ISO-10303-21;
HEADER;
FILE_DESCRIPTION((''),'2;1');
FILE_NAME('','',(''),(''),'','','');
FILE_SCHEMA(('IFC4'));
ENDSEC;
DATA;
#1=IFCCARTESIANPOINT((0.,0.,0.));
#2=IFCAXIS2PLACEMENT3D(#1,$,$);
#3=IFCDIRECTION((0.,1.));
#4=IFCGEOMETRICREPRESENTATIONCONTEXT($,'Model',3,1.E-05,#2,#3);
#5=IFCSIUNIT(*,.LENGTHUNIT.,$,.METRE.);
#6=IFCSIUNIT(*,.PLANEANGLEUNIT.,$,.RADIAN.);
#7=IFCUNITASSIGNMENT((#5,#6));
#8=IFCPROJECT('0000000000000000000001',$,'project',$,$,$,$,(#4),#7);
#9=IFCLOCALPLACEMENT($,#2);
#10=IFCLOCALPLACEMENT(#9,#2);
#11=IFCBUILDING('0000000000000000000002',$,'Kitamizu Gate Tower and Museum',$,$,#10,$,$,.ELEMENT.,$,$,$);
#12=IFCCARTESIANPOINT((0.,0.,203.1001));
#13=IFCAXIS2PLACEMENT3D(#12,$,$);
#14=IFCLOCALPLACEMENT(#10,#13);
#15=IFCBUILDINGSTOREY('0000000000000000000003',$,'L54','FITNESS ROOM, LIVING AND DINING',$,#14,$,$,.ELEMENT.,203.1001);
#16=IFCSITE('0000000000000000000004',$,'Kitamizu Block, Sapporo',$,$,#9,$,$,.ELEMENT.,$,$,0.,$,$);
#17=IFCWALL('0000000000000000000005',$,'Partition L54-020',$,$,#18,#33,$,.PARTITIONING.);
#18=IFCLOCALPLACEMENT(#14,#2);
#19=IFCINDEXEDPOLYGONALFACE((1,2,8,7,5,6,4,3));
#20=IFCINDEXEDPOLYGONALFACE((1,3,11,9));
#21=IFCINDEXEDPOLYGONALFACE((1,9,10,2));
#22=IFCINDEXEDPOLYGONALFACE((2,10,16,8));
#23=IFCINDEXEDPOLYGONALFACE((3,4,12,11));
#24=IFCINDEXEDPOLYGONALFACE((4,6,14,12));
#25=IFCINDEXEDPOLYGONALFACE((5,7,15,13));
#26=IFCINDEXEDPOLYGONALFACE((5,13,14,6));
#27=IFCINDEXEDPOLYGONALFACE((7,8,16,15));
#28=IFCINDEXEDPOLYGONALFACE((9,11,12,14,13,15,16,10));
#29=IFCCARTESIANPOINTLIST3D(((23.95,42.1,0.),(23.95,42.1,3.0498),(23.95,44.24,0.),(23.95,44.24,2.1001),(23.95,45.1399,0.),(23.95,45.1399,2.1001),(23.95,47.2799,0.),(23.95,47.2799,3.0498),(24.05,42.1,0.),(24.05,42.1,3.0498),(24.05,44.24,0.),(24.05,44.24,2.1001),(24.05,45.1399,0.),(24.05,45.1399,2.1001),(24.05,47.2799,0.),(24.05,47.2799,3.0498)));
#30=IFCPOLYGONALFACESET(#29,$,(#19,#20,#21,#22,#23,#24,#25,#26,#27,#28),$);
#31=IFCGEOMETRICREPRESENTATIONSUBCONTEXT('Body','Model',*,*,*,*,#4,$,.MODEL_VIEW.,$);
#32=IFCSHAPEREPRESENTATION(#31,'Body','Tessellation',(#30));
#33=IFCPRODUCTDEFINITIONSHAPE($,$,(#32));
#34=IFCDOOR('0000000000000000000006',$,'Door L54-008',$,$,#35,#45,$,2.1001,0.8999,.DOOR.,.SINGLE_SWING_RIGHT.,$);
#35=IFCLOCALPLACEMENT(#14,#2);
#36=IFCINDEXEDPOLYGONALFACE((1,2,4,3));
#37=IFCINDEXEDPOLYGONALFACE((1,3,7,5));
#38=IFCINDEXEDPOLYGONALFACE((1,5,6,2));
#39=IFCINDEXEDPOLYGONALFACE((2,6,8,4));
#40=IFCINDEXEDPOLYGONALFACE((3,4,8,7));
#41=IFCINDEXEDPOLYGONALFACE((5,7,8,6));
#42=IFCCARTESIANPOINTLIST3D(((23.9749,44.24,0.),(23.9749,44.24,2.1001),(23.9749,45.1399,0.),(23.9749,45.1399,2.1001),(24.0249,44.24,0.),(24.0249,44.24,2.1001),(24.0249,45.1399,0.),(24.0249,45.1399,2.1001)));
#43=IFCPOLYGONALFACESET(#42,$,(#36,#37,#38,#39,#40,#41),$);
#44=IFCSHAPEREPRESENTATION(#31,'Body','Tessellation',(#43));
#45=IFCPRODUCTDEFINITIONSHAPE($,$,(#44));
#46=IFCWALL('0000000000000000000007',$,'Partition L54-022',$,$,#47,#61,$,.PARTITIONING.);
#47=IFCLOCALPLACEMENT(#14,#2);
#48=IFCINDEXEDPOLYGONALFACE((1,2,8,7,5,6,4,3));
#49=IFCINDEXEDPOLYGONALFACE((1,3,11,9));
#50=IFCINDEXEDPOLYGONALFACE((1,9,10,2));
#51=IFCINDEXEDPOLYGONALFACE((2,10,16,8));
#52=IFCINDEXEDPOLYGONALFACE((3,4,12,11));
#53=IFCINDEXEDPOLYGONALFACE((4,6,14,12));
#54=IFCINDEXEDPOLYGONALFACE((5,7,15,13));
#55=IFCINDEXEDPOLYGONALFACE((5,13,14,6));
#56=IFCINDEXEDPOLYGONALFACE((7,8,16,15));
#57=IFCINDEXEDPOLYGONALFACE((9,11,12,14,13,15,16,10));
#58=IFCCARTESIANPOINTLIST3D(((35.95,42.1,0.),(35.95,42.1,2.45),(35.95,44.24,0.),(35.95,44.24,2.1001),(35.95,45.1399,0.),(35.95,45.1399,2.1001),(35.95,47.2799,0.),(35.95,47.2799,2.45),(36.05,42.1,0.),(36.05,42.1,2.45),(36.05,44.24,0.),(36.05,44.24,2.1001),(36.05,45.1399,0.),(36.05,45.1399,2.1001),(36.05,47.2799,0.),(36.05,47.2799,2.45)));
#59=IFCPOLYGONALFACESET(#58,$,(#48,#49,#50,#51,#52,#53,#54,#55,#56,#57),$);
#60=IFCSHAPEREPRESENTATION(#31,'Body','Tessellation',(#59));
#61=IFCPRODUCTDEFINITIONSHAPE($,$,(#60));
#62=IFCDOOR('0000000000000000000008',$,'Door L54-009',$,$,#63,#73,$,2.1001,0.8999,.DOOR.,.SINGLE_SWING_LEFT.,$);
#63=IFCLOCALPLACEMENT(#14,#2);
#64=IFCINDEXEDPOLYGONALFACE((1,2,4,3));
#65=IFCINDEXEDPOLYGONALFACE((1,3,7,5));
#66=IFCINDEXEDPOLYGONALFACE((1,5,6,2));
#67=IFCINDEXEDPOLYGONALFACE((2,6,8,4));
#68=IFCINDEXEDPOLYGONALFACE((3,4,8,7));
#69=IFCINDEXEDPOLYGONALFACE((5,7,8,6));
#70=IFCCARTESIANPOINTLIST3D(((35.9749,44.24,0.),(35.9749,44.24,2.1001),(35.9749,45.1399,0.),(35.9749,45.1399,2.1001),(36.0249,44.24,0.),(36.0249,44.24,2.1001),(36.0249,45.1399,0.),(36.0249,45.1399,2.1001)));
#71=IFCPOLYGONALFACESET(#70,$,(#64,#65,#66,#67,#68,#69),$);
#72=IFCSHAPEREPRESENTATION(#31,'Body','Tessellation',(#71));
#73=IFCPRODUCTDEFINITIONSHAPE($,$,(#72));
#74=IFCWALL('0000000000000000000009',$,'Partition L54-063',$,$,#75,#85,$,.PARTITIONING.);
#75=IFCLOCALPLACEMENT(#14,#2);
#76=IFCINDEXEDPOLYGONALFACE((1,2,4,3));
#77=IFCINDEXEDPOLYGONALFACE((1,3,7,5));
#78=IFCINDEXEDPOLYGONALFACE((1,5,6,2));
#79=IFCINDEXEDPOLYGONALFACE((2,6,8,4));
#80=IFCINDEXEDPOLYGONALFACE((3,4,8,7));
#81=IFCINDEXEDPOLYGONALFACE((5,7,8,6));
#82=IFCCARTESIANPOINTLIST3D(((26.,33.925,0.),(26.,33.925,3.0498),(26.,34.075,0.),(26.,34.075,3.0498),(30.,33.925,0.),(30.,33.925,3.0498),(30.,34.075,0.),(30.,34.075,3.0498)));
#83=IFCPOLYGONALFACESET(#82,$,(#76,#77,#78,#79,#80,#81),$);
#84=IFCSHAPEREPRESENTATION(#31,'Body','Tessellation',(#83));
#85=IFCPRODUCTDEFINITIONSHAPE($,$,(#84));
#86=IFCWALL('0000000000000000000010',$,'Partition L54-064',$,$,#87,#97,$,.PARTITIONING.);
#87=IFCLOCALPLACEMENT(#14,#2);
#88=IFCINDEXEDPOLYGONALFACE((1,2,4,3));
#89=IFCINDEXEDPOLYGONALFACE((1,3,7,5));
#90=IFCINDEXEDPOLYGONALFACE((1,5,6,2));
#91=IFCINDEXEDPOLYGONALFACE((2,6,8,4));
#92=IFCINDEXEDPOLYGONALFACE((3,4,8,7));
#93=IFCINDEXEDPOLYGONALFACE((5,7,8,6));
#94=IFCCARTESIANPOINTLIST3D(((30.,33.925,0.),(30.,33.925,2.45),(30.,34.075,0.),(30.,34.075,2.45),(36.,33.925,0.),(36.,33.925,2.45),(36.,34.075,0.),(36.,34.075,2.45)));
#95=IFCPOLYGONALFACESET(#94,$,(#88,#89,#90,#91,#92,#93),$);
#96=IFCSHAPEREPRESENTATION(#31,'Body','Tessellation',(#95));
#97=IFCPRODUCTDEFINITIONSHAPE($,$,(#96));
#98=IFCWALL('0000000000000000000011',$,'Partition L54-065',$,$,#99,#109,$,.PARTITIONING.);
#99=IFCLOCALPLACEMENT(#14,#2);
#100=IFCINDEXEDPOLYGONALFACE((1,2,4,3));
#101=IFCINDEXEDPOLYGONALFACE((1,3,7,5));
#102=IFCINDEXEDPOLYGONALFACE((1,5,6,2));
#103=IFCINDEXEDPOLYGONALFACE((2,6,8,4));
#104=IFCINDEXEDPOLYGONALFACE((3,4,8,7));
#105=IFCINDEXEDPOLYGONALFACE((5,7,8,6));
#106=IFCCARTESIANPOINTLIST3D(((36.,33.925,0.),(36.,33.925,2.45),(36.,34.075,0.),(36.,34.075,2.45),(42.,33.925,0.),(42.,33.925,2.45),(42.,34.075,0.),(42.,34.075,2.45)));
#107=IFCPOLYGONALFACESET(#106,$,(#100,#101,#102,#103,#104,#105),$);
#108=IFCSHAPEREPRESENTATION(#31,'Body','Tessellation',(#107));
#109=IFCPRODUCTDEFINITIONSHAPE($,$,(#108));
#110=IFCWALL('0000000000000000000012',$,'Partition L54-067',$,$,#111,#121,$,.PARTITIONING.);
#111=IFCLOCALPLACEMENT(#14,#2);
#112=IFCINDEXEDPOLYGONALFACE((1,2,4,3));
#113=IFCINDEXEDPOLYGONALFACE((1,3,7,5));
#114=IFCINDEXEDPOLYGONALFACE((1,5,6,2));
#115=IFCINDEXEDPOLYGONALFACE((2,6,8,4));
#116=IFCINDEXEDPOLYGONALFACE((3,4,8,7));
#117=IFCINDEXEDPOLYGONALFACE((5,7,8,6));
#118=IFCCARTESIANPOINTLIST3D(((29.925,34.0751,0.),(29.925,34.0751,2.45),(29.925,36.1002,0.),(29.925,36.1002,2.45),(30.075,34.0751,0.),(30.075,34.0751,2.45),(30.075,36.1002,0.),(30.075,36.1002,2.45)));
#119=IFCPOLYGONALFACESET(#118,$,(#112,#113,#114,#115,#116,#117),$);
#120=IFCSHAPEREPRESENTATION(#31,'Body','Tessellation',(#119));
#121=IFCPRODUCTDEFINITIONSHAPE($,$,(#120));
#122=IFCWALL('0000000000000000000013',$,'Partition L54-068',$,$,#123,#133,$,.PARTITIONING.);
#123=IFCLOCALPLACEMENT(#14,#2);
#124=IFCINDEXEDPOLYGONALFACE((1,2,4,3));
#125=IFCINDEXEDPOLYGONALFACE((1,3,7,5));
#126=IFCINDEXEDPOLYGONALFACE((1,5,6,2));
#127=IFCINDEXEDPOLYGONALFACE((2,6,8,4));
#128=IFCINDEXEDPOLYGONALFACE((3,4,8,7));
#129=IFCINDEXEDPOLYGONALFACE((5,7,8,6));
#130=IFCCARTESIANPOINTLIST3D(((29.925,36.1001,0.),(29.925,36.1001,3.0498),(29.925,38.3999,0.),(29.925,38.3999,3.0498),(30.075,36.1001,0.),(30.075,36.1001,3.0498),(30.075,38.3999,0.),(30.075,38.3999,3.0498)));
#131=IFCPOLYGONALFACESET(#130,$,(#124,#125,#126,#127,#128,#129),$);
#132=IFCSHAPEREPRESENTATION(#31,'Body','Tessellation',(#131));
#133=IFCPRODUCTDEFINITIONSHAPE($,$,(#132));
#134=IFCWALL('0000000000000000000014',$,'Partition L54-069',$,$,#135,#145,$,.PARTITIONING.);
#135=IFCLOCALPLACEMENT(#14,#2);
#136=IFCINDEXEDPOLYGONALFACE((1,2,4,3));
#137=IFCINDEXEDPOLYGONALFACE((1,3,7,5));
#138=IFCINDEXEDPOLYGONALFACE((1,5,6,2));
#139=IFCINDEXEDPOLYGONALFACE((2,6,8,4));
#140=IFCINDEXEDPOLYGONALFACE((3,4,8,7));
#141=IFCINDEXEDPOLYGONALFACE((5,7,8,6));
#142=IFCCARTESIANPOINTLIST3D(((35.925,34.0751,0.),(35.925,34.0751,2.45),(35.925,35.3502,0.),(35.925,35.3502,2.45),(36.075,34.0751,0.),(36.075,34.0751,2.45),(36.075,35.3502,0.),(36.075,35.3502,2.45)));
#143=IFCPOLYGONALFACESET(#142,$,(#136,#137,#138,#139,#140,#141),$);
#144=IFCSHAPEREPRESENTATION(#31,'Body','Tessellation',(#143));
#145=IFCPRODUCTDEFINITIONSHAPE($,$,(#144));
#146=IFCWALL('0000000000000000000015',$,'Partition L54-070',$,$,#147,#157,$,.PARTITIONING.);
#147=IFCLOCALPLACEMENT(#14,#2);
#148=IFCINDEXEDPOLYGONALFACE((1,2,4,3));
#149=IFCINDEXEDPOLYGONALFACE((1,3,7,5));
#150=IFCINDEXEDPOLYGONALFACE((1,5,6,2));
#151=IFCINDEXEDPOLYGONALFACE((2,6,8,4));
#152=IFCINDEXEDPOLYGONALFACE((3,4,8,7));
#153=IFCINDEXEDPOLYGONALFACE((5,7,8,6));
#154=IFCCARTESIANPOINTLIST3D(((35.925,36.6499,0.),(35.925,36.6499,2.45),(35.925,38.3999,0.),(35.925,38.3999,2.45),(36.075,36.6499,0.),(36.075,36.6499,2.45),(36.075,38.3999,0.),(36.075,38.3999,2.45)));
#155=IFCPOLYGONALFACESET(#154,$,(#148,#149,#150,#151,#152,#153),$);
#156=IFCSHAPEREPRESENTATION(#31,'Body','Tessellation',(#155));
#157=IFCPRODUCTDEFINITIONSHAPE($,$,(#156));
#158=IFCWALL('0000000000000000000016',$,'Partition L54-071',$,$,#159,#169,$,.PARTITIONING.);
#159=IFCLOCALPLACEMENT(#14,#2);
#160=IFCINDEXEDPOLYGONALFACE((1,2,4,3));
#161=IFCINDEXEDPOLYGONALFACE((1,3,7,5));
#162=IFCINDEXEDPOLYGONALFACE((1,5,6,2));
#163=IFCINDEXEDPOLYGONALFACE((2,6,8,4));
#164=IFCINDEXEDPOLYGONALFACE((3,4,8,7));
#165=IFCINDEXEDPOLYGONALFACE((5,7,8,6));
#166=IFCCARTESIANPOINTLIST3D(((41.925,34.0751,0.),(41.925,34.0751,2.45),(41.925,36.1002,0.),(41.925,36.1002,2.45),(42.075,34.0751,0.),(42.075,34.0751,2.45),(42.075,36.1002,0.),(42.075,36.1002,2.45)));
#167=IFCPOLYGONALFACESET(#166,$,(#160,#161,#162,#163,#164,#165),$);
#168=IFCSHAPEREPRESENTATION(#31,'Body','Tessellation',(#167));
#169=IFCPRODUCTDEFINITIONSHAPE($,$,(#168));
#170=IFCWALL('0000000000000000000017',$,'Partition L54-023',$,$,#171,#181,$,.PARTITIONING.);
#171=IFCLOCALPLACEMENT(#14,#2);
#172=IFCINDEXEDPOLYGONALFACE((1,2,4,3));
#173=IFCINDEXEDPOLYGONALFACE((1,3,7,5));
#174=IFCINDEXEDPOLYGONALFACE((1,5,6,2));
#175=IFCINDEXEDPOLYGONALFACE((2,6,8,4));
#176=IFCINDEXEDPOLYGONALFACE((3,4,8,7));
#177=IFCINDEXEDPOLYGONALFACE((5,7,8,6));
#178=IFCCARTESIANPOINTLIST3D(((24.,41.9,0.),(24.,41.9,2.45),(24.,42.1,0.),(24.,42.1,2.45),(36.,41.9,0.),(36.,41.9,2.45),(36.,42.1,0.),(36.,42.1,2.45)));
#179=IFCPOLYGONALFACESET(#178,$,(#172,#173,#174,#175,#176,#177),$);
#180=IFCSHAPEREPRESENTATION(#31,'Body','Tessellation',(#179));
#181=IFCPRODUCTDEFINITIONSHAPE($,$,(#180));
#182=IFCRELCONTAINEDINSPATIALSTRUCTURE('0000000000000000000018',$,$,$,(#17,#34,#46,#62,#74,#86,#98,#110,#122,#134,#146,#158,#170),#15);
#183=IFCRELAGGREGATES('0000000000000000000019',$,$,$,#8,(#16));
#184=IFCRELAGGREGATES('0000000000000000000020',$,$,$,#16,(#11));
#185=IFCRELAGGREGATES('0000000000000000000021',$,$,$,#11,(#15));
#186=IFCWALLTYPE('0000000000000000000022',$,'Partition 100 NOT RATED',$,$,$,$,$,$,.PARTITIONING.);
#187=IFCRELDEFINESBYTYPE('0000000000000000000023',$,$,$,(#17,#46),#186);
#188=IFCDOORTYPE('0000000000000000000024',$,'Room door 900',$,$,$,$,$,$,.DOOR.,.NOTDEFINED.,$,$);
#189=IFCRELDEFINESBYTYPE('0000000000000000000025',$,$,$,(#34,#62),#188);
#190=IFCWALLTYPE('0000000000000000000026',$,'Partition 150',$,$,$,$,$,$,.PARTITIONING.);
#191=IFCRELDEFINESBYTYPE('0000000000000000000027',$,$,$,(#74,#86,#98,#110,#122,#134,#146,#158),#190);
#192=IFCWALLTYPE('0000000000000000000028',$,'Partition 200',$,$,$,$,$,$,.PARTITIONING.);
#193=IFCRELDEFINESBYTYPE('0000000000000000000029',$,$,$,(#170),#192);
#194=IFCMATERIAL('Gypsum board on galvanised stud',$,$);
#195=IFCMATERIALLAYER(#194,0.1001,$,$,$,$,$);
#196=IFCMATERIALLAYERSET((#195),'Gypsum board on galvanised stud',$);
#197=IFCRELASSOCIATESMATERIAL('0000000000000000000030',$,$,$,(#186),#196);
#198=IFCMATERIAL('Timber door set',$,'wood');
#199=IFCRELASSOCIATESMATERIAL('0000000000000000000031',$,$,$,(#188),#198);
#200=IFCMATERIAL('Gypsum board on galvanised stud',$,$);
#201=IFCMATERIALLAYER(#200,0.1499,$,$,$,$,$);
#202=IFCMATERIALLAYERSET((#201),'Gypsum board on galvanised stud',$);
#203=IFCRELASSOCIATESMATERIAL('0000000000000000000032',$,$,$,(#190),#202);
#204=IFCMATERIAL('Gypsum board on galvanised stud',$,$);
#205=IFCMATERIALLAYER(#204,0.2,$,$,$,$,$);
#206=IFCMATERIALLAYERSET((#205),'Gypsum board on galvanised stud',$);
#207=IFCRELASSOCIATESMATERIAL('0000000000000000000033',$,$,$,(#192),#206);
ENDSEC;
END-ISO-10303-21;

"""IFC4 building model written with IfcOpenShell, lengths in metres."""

from ifc_helpers import new_model, si_unit, direction, frame, frame_2d, origin, place, context, subcontext, project, spatial, rectangle, extrude, material, layer, layer_set, type_object, element, fill, save


model = new_model("IFC4")

# Units and contexts
model_context = context("Model", 3, precision=1e-05, world=origin(), true_north=direction((0.0, 1.0)))
body_context = subcontext(model_context, "Body", "Model", "MODEL_VIEW")
ifc_project = project(units=[si_unit("LENGTHUNIT", "METRE"), si_unit("PLANEANGLEUNIT", "RADIAN")], contexts=[model_context])

# Site, building, storey
site_placement = place(None, origin())
site = spatial("IfcSite", under=ifc_project, at=site_placement, Name="Kitamizu Block, Sapporo", CompositionType="ELEMENT", RefElevation=0.0)
building_placement = place(site_placement, origin())
building = spatial("IfcBuilding", under=site, at=building_placement, Name="Kitamizu Gate Tower and Museum", CompositionType="ELEMENT")
storey_placement = place(building_placement, frame((0.0, 0.0, 203.1001)))
storey = spatial("IfcBuildingStorey", under=building, at=storey_placement, Name="L54", Description="FITNESS ROOM, LIVING AND DINING", CompositionType="ELEMENT", Elevation=203.1001)

# Walls, openings, doors
ifc_material_1 = material(Name="Gypsum board on galvanised stud")
ifc_layer_1 = layer(ifc_material_1, 0.1001)
ifc_layer_set_1 = layer_set([ifc_layer_1], Name="Gypsum board on galvanised stud")
wall_type_1 = type_object("IfcWallType", Name="Partition 100 NOT RATED", PredefinedType="PARTITIONING", material=ifc_layer_set_1)
wall_1_placement = place(storey_placement, frame((24.0, 42.1001, 0.0), z_axis=(0.0, 0.0, 1.0), x_axis=(0.0, 1.0, 0.0)))
wall_1 = element("IfcWall", 1, at=wall_1_placement, inside=storey, type_object=wall_type_1, Name="Partition L54-020", PredefinedType="PARTITIONING", context=body_context, shape_type="SweptSolid", body=[
    extrude(rectangle(XDim=5.1799, YDim=0.1001, at=frame_2d((2.5898, 0.0))), origin(), (0.0, 0.0, 1.0), 3.0498),
])
opening_1_placement = place(wall_1_placement, frame((2.1399, 0.0, 0.0)))
opening_1 = element("IfcOpeningElement", 2, at=opening_1_placement, cuts=wall_1, PredefinedType="OPENING", context=body_context, shape_type="SweptSolid", body=[
    extrude(rectangle(XDim=0.8999, YDim=2.1001, at=frame_2d((0.45, 1.05))), frame((0.0, 0.0601, 0.0), z_axis=(0.0, -1.0, 0.0), x_axis=(1.0, 0.0, 0.0)), (0.0, 0.0, 1.0), 0.1201),
])
ifc_material_2 = material(Name="Timber door set", Category="wood")
door_type_1 = type_object("IfcDoorType", Name="Room door 900", OperationType="NOTDEFINED", PredefinedType="DOOR", material=ifc_material_2)
door_1_placement = place(opening_1_placement, frame((0.8999, 0.0, 0.0), x_axis=(-1.0, 0.0, 0.0)))
door_1 = element("IfcDoor", 3, at=door_1_placement, inside=storey, type_object=door_type_1, Name="Door L54-008", OperationType="SINGLE_SWING_RIGHT", OverallHeight=2.1001, OverallWidth=0.8999, PredefinedType="DOOR", context=body_context, shape_type="SweptSolid", body=[
    extrude(rectangle(XDim=0.8999, YDim=2.1001, at=frame_2d((0.45, 1.05))), frame((0.0, 0.0249, 0.0), z_axis=(0.0, -1.0, 0.0), x_axis=(1.0, 0.0, 0.0)), (0.0, 0.0, 1.0), 0.05),
])
fill(opening_1, door_1)
wall_2_placement = place(storey_placement, frame((36.0, 42.1001, 0.0), z_axis=(0.0, 0.0, 1.0), x_axis=(0.0, 1.0, 0.0)))
wall_2 = element("IfcWall", 4, at=wall_2_placement, inside=storey, type_object=wall_type_1, Name="Partition L54-022", PredefinedType="PARTITIONING", context=body_context, shape_type="SweptSolid", body=[
    extrude(rectangle(XDim=5.1799, YDim=0.1001, at=frame_2d((2.5898, 0.0))), origin(), (0.0, 0.0, 1.0), 2.45),
])
opening_2_placement = place(wall_2_placement, frame((2.1399, 0.0, 0.0)))
opening_2 = element("IfcOpeningElement", 5, at=opening_2_placement, cuts=wall_2, PredefinedType="OPENING", context=body_context, shape_type="SweptSolid", body=[
    extrude(rectangle(XDim=0.8999, YDim=2.1001, at=frame_2d((0.45, 1.05))), frame((0.0, 0.0601, 0.0), z_axis=(0.0, -1.0, 0.0), x_axis=(1.0, 0.0, 0.0)), (0.0, 0.0, 1.0), 0.1201),
])
door_2_placement = place(opening_2_placement, frame((0.8999, 0.0, 0.0), x_axis=(-1.0, 0.0, 0.0)))
door_2 = element("IfcDoor", 6, at=door_2_placement, inside=storey, type_object=door_type_1, Name="Door L54-009", OperationType="SINGLE_SWING_LEFT", OverallHeight=2.1001, OverallWidth=0.8999, PredefinedType="DOOR", context=body_context, shape_type="SweptSolid", body=[
    extrude(rectangle(XDim=0.8999, YDim=2.1001, at=frame_2d((0.45, 1.05))), frame((0.0, 0.0249, 0.0), z_axis=(0.0, -1.0, 0.0), x_axis=(1.0, 0.0, 0.0)), (0.0, 0.0, 1.0), 0.05),
])
fill(opening_2, door_2)

# Walls
ifc_material_3 = material(Name="Gypsum board on galvanised stud")
ifc_layer_2 = layer(ifc_material_3, 0.1499)
ifc_layer_set_2 = layer_set([ifc_layer_2], Name="Gypsum board on galvanised stud")
wall_type_2 = type_object("IfcWallType", Name="Partition 150", PredefinedType="PARTITIONING", material=ifc_layer_set_2)
wall_3_placement = place(storey_placement, frame((30.0, 34.0, 0.0), z_axis=(0.0, 0.0, 1.0), x_axis=(-1.0, 0.0, 0.0)))
element("IfcWall", 7, at=wall_3_placement, inside=storey, type_object=wall_type_2, Name="Partition L54-063", PredefinedType="PARTITIONING", context=body_context, shape_type="SweptSolid", body=[
    extrude(rectangle(XDim=4.0, YDim=0.1499, at=frame_2d((2.0, 0.0))), origin(), (0.0, 0.0, 1.0), 3.0498),
])
for number, where, z_axis, x_axis, name in (
    (8, (36.0, 34.0, 0.0), (0.0, 0.0, 1.0), (-1.0, 0.0, 0.0), "Partition L54-064"),
    (9, (42.0, 34.0, 0.0), (0.0, 0.0, 1.0), (-1.0, 0.0, 0.0), "Partition L54-065"),
):
    element("IfcWall", number, at=place(storey_placement, frame(where, z_axis=z_axis, x_axis=x_axis)), inside=storey, type_object=wall_type_2, Name=name, PredefinedType="PARTITIONING", context=body_context, shape_type="SweptSolid", body=[
        extrude(rectangle(XDim=6.0, YDim=0.1499, at=frame_2d((3.0, 0.0))), origin(), (0.0, 0.0, 1.0), 2.45),
    ])
wall_4_placement = place(storey_placement, frame((30.0, 34.075, 0.0), z_axis=(0.0, 0.0, 1.0), x_axis=(0.0, 1.0, 0.0)))
element("IfcWall", 10, at=wall_4_placement, inside=storey, type_object=wall_type_2, Name="Partition L54-067", PredefinedType="PARTITIONING", context=body_context, shape_type="SweptSolid", body=[
    extrude(rectangle(XDim=2.0251, YDim=0.1499, at=frame_2d((1.0127, 0.0))), origin(), (0.0, 0.0, 1.0), 2.45),
])
wall_5_placement = place(storey_placement, frame((30.0, 36.1001, 0.0), z_axis=(0.0, 0.0, 1.0), x_axis=(0.0, 1.0, 0.0)))
element("IfcWall", 11, at=wall_5_placement, inside=storey, type_object=wall_type_2, Name="Partition L54-068", PredefinedType="PARTITIONING", context=body_context, shape_type="SweptSolid", body=[
    extrude(rectangle(XDim=2.2998, YDim=0.1499, at=frame_2d((1.1499, 0.0))), origin(), (0.0, 0.0, 1.0), 3.0498),
])
wall_6_placement = place(storey_placement, frame((36.0, 34.075, 0.0), z_axis=(0.0, 0.0, 1.0), x_axis=(0.0, 1.0, 0.0)))
element("IfcWall", 12, at=wall_6_placement, inside=storey, type_object=wall_type_2, Name="Partition L54-069", PredefinedType="PARTITIONING", context=body_context, shape_type="SweptSolid", body=[
    extrude(rectangle(XDim=1.2751, YDim=0.1499, at=frame_2d((0.6377, 0.0))), origin(), (0.0, 0.0, 1.0), 2.45),
])
wall_7_placement = place(storey_placement, frame((36.0, 36.6499, 0.0), z_axis=(0.0, 0.0, 1.0), x_axis=(0.0, 1.0, 0.0)))
element("IfcWall", 13, at=wall_7_placement, inside=storey, type_object=wall_type_2, Name="Partition L54-070", PredefinedType="PARTITIONING", context=body_context, shape_type="SweptSolid", body=[
    extrude(rectangle(XDim=1.75, YDim=0.1499, at=frame_2d((0.875, 0.0))), origin(), (0.0, 0.0, 1.0), 2.45),
])
wall_8_placement = place(storey_placement, frame((42.0, 34.075, 0.0), z_axis=(0.0, 0.0, 1.0), x_axis=(0.0, 1.0, 0.0)))
element("IfcWall", 14, at=wall_8_placement, inside=storey, type_object=wall_type_2, Name="Partition L54-071", PredefinedType="PARTITIONING", context=body_context, shape_type="SweptSolid", body=[
    extrude(rectangle(XDim=2.0251, YDim=0.1499, at=frame_2d((1.0127, 0.0))), origin(), (0.0, 0.0, 1.0), 2.45),
])
ifc_material_4 = material(Name="Gypsum board on galvanised stud")
ifc_layer_3 = layer(ifc_material_4, 0.2)
ifc_layer_set_3 = layer_set([ifc_layer_3], Name="Gypsum board on galvanised stud")
wall_type_3 = type_object("IfcWallType", Name="Partition 200", PredefinedType="PARTITIONING", material=ifc_layer_set_3)
wall_9_placement = place(storey_placement, frame((24.0, 42.0, 0.0), z_axis=(0.0, 0.0, 1.0), x_axis=(1.0, 0.0, 0.0)))
element("IfcWall", 15, at=wall_9_placement, inside=storey, type_object=wall_type_3, Name="Partition L54-023", PredefinedType="PARTITIONING", context=body_context, shape_type="SweptSolid", body=[
    extrude(rectangle(XDim=12.0, YDim=0.2, at=frame_2d((6.0, 0.0))), origin(), (0.0, 0.0, 1.0), 2.45),
])

save(model, "model.ifc")
